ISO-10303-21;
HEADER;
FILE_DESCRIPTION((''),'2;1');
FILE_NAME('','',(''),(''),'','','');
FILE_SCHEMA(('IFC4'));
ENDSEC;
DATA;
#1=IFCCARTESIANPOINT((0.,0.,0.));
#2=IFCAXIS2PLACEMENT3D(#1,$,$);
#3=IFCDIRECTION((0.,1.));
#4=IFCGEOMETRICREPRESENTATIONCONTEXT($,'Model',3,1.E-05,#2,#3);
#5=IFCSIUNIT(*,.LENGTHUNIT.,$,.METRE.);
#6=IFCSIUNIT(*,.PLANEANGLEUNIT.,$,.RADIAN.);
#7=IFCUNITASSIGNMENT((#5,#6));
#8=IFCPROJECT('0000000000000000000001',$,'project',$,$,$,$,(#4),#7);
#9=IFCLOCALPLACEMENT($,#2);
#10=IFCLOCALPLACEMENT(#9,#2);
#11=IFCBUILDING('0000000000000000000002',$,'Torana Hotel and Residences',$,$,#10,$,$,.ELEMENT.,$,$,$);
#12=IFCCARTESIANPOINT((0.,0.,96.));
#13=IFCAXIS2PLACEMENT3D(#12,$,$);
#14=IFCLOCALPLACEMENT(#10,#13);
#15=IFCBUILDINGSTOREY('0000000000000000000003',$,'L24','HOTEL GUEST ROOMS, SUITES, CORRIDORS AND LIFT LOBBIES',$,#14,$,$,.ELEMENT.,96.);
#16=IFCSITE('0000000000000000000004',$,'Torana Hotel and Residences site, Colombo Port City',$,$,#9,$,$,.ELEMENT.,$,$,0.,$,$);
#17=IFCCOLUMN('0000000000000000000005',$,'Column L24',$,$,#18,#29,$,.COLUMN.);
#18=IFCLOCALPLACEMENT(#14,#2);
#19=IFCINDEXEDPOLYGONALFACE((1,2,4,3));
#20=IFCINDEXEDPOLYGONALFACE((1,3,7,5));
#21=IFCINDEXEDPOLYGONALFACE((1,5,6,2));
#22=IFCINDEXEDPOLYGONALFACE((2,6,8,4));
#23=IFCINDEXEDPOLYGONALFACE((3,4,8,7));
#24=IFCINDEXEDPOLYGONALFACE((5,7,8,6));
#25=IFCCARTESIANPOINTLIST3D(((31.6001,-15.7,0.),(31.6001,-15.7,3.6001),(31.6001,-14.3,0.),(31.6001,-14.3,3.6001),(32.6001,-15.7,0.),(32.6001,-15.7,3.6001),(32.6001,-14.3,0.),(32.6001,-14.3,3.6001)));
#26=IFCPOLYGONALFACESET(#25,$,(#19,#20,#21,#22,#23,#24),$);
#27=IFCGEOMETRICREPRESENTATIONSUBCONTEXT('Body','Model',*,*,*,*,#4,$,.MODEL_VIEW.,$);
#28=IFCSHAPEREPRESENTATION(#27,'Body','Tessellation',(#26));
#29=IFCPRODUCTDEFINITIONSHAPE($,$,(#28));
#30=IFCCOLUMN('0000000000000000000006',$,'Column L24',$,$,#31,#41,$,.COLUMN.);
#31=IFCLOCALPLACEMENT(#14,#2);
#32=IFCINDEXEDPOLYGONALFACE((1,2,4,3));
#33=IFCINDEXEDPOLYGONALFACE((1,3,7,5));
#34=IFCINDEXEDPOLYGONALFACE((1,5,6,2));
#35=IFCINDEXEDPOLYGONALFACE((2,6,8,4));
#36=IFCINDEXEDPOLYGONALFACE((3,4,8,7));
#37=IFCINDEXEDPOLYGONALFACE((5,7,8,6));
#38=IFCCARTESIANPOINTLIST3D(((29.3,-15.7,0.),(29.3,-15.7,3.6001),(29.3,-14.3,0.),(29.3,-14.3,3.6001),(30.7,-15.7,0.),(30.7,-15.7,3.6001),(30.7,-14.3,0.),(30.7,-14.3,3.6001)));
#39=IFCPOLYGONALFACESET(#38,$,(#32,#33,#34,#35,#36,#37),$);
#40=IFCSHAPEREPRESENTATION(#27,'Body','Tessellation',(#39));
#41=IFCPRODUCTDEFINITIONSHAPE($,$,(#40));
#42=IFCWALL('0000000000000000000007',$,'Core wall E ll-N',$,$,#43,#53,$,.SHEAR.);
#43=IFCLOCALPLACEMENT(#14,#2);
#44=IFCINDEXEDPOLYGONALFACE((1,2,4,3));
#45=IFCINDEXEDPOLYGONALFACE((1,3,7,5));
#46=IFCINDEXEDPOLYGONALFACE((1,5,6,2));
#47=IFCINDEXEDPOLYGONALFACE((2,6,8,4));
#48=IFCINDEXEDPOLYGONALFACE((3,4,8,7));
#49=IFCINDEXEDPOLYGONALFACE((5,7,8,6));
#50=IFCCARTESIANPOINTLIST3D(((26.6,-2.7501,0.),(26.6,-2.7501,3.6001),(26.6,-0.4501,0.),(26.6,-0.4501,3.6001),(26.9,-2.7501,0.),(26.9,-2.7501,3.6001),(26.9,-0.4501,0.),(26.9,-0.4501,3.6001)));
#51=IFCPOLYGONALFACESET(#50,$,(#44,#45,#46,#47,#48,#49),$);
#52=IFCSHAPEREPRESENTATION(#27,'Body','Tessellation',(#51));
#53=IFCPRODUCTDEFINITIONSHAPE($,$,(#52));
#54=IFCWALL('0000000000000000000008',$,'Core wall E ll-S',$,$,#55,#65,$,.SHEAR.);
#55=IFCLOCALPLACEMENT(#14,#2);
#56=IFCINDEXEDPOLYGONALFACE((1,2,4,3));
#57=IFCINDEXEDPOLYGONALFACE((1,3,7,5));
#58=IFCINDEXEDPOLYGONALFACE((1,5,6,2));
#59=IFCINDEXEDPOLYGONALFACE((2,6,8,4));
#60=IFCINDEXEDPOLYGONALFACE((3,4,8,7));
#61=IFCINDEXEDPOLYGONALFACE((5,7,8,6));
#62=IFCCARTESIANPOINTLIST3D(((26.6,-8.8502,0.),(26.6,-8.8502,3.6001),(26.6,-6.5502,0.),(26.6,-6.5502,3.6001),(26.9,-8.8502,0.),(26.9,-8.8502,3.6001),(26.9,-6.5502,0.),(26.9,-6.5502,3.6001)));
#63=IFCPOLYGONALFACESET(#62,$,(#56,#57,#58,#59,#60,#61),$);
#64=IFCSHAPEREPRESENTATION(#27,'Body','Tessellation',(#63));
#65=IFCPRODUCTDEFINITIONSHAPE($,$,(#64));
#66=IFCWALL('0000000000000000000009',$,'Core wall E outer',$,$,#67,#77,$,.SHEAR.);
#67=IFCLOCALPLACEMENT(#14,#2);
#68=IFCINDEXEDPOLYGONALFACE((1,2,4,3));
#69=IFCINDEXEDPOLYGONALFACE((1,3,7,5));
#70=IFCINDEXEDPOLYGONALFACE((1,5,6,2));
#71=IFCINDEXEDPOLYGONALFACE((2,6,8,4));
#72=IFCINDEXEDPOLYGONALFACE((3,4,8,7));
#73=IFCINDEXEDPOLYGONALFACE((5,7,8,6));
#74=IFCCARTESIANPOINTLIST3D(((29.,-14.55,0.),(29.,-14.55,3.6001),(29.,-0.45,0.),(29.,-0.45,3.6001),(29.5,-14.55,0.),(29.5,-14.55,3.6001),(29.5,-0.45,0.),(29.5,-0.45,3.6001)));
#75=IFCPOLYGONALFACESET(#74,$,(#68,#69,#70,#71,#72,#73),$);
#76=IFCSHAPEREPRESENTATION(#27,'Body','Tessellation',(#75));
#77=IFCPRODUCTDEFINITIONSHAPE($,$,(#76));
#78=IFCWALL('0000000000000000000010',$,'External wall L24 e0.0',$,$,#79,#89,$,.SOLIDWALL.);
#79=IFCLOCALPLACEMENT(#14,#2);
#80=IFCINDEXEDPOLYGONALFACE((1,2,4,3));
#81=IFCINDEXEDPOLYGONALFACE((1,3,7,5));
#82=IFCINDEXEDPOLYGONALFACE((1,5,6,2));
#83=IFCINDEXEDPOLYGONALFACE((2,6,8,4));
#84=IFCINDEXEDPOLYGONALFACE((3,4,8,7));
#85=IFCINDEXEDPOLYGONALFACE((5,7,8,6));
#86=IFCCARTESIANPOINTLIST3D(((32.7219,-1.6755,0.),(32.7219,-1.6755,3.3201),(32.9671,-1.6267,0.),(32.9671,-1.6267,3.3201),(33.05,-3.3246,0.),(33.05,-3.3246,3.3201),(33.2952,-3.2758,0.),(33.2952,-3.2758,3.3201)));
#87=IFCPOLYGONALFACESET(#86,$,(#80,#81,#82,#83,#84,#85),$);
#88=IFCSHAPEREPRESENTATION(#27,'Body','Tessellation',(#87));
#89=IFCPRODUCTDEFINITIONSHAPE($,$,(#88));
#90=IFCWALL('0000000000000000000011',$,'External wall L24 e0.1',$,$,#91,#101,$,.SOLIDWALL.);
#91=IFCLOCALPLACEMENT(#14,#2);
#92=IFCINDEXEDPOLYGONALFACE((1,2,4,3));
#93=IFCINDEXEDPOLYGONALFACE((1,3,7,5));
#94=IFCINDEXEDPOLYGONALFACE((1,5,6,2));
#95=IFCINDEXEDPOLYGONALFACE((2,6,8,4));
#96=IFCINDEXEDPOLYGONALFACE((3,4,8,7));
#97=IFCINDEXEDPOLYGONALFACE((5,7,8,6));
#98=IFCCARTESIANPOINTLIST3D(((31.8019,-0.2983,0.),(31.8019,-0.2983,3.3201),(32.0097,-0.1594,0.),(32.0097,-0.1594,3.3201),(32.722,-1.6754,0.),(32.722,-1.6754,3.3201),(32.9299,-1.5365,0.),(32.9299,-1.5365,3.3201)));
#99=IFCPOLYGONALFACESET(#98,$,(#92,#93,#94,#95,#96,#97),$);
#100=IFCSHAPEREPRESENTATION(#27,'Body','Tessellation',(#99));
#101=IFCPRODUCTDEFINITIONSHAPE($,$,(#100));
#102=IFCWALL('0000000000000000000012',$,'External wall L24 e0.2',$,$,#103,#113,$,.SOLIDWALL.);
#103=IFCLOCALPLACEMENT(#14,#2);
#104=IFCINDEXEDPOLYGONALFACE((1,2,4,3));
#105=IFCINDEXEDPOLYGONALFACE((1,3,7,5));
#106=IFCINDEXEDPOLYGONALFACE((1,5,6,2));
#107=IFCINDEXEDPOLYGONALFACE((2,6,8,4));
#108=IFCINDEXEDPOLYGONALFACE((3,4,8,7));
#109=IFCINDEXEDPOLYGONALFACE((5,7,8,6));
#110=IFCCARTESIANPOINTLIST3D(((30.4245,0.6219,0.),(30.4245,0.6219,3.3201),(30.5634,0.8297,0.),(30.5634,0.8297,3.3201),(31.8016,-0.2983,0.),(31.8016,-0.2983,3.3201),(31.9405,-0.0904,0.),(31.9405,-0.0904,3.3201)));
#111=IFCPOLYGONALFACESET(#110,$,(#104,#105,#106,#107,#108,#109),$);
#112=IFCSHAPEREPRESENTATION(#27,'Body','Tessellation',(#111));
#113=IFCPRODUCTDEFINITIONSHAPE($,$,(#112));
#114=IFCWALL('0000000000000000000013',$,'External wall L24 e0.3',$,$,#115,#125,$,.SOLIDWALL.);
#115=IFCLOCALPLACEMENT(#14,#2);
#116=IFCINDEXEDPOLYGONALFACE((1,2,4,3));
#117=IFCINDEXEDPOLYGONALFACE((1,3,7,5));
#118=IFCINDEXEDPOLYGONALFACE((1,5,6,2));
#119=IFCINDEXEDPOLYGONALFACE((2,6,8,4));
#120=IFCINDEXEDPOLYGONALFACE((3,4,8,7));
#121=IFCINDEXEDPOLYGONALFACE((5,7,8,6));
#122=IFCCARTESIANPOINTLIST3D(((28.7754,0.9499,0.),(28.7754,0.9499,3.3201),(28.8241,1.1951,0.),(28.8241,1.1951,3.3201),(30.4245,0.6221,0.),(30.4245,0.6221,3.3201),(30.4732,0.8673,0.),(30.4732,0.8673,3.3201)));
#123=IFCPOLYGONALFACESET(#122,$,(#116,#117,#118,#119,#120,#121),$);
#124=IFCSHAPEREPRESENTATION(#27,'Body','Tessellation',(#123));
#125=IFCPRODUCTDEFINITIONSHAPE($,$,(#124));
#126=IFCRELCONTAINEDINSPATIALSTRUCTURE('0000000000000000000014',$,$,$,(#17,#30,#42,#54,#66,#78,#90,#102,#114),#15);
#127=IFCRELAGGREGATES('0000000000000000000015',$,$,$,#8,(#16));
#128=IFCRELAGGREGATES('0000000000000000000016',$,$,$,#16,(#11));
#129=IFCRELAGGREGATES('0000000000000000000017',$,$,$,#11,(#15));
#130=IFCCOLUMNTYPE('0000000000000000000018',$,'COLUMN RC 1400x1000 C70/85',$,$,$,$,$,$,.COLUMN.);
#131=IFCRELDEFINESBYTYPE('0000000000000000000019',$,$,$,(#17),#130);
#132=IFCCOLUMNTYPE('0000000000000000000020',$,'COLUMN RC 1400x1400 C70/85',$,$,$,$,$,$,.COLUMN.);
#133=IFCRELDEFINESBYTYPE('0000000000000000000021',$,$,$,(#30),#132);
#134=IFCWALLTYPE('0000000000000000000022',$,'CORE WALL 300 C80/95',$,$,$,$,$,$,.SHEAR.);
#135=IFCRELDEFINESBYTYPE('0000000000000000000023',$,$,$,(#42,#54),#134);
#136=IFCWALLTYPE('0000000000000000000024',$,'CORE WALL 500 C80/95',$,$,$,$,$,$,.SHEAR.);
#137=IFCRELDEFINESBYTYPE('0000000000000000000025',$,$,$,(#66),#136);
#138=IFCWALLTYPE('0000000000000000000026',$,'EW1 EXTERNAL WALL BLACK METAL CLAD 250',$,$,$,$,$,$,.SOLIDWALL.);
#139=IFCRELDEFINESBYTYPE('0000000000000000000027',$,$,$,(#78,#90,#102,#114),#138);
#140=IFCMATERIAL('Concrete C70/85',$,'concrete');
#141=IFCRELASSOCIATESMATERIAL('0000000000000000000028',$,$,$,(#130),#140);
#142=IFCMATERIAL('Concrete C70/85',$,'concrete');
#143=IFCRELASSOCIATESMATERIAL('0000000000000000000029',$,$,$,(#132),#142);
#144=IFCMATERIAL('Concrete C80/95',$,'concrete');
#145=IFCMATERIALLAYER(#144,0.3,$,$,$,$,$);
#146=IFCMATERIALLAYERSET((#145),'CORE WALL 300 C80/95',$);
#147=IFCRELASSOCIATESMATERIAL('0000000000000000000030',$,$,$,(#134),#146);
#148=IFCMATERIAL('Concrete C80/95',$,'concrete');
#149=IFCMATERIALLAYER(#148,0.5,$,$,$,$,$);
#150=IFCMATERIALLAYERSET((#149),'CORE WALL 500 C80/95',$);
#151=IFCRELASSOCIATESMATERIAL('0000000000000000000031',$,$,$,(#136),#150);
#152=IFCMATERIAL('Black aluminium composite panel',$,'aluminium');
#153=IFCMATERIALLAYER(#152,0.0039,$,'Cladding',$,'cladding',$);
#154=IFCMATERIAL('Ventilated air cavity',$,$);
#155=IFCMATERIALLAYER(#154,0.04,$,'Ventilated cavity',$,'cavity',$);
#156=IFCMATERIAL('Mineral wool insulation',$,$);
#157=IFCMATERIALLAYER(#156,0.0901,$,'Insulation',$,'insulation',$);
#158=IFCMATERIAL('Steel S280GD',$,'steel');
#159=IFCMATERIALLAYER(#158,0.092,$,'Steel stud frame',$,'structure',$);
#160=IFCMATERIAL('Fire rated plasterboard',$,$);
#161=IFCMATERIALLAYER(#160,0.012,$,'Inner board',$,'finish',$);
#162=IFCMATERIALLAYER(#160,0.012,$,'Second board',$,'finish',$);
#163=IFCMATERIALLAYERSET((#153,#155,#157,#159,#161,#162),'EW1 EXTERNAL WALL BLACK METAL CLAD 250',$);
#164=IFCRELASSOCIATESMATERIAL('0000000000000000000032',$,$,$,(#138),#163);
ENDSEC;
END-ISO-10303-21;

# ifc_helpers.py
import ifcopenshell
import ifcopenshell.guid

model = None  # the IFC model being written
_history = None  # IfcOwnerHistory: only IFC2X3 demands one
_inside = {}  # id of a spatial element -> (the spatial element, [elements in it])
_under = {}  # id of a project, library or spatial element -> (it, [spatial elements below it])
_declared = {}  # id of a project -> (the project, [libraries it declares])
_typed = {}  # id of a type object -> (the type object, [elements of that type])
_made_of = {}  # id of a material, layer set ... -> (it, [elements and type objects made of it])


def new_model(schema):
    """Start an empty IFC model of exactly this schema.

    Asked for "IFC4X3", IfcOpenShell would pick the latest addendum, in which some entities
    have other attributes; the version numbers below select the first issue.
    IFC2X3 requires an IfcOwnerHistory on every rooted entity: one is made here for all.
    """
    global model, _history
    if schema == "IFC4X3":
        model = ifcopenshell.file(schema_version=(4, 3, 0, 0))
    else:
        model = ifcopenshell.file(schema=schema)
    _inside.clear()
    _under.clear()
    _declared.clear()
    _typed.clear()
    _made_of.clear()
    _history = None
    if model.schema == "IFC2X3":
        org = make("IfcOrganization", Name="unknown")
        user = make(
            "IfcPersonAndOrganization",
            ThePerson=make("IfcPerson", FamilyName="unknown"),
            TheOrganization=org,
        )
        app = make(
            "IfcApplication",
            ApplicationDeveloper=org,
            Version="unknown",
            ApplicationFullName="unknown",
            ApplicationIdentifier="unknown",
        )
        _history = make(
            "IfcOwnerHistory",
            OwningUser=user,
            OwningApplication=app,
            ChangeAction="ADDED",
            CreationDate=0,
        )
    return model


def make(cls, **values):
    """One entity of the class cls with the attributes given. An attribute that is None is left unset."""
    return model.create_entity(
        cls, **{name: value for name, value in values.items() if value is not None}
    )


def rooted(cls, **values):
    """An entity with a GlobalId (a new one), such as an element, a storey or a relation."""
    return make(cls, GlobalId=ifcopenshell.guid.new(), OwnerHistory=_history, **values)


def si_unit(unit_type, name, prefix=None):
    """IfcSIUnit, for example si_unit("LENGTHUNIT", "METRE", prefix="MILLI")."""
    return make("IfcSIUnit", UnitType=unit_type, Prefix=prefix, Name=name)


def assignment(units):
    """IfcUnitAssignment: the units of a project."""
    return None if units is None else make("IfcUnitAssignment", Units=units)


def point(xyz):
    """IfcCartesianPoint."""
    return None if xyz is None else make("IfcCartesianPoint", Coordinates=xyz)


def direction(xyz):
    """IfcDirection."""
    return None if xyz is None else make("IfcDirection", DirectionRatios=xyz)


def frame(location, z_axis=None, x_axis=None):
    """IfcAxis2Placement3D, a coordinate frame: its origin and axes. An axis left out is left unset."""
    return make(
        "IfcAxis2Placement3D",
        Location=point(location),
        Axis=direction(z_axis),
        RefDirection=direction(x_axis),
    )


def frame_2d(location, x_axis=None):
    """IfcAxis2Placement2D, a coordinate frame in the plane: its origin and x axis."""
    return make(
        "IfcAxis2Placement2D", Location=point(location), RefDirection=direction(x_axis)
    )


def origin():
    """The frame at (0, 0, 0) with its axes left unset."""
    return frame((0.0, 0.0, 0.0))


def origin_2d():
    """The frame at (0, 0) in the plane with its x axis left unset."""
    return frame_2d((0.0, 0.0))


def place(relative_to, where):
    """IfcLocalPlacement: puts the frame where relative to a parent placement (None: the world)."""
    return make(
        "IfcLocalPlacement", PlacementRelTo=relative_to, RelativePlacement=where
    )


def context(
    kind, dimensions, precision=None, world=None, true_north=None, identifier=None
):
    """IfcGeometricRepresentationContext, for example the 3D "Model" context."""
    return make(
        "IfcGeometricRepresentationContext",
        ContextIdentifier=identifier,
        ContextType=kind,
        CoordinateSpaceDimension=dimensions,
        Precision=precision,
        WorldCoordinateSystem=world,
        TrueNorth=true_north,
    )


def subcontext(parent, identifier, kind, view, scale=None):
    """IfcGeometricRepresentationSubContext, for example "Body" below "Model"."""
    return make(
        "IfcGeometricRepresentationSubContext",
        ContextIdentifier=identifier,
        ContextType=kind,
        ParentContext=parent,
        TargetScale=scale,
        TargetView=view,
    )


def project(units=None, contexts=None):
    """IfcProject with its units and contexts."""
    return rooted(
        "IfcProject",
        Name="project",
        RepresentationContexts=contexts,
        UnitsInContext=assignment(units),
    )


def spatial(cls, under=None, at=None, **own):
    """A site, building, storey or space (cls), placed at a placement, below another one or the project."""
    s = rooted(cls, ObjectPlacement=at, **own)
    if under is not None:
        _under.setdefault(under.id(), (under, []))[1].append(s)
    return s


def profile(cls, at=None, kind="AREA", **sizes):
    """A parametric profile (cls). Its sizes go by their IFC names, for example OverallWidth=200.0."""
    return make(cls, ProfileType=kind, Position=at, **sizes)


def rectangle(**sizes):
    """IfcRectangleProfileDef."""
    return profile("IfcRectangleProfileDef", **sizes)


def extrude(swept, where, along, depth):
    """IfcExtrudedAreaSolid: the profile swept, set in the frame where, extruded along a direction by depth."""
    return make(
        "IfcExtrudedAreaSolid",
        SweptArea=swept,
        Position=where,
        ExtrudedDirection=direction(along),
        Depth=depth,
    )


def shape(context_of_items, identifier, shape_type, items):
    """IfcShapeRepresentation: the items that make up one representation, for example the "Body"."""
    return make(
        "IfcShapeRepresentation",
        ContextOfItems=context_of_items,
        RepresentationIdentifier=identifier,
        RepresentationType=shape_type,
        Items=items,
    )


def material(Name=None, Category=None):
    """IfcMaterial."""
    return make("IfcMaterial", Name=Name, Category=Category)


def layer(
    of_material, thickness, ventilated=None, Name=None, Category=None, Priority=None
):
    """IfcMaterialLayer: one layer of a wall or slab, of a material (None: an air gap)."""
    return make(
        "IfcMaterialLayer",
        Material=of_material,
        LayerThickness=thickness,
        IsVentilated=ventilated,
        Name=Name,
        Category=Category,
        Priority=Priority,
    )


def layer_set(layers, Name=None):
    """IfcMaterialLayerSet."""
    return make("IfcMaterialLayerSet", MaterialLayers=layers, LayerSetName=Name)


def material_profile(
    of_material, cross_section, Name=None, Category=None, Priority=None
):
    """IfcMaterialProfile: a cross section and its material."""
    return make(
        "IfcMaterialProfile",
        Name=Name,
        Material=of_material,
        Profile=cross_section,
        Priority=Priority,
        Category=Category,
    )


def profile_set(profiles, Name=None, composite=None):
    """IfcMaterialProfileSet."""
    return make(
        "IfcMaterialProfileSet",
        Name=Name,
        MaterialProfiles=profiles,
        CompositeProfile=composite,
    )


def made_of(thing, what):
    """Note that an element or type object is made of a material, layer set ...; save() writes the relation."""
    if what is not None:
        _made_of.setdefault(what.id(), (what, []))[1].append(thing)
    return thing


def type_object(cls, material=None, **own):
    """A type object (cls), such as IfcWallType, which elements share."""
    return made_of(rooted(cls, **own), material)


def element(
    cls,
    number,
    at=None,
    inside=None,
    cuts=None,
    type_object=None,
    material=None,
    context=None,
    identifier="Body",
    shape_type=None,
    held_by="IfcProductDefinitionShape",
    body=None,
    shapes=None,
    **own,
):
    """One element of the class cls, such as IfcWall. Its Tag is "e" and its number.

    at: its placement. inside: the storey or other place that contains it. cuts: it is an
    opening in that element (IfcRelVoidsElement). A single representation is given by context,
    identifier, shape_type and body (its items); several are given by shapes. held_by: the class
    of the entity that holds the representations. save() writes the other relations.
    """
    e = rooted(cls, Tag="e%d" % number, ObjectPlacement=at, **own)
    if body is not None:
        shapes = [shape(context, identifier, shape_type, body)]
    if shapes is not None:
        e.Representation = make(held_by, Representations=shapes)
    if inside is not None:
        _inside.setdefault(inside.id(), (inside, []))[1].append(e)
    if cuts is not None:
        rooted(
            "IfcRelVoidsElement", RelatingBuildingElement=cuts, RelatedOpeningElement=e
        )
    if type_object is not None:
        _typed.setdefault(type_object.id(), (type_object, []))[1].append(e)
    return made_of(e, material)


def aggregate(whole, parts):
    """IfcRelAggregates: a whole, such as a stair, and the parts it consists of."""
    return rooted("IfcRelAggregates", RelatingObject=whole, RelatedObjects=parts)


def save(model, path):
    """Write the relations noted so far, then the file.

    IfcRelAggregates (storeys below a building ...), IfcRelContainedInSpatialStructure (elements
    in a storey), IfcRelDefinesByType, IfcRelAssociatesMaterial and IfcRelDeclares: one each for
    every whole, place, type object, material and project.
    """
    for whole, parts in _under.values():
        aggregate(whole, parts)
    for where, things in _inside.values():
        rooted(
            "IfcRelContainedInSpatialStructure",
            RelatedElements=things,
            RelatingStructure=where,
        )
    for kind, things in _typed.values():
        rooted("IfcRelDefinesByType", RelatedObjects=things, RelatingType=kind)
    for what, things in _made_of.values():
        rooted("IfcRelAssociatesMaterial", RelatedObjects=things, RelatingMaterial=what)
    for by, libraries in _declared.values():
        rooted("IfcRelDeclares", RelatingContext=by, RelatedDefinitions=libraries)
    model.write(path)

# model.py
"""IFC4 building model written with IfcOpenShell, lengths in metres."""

from ifc_helpers import new_model, si_unit, direction, frame, frame_2d, origin, origin_2d, place, context, subcontext, project, spatial, rectangle, extrude, material, layer, layer_set, material_profile, profile_set, type_object, element, save


model = new_model("IFC4")

# Units and contexts
model_context = context("Model", 3, precision=1e-05, world=origin(), true_north=direction((0.0, 1.0)))
body_context = subcontext(model_context, "Body", "Model", "MODEL_VIEW")
ifc_project = project(units=[si_unit("LENGTHUNIT", "METRE"), si_unit("PLANEANGLEUNIT", "RADIAN")], contexts=[model_context])

# Site, building, storey
site_placement = place(None, origin())
site = spatial("IfcSite", under=ifc_project, at=site_placement, Name="Torana Hotel and Residences site, Colombo Port City", CompositionType="ELEMENT", RefElevation=0.0)
building_placement = place(site_placement, origin())
building = spatial("IfcBuilding", under=site, at=building_placement, Name="Torana Hotel and Residences", CompositionType="ELEMENT")
storey_placement = place(building_placement, frame((0.0, 0.0, 96.0)))
storey = spatial("IfcBuildingStorey", under=building, at=storey_placement, Name="L24", Description="HOTEL GUEST ROOMS, SUITES, CORRIDORS AND LIFT LOBBIES", CompositionType="ELEMENT", Elevation=96.0)

# Columns
ifc_material_1 = material(Name="Concrete C70/85", Category="concrete")
ifc_material_profile_1 = material_profile(ifc_material_1, rectangle(XDim=1.3999, YDim=1.0, at=origin_2d()), Name="RC 1400x1000")
ifc_profile_set_1 = profile_set([ifc_material_profile_1], Name="Concrete C70/85")
column_type_1 = type_object("IfcColumnType", Name="COLUMN RC 1400x1000 C70/85", PredefinedType="COLUMN", material=ifc_profile_set_1)
column_1_placement = place(storey_placement, frame((32.1001, -15.0, 0.0), z_axis=(0.0, 0.0, 1.0), x_axis=(0.0, 1.0, 0.0)))
element("IfcColumn", 1, at=column_1_placement, inside=storey, type_object=column_type_1, Name="Column L24", PredefinedType="COLUMN", context=body_context, shape_type="SweptSolid", body=[
    extrude(rectangle(XDim=1.3999, YDim=1.0, at=origin_2d()), origin(), (0.0, 0.0, 1.0), 3.6001),
])
ifc_material_2 = material(Name="Concrete C70/85", Category="concrete")
ifc_material_profile_2 = material_profile(ifc_material_2, rectangle(XDim=1.3999, YDim=1.3999, at=origin_2d()), Name="RC 1400x1400")
ifc_profile_set_2 = profile_set([ifc_material_profile_2], Name="Concrete C70/85")
column_type_2 = type_object("IfcColumnType", Name="COLUMN RC 1400x1400 C70/85", PredefinedType="COLUMN", material=ifc_profile_set_2)
column_2_placement = place(storey_placement, frame((30.0, -15.0, 0.0), z_axis=(0.0, 0.0, 1.0), x_axis=(1.0, 0.0, 0.0)))
element("IfcColumn", 2, at=column_2_placement, inside=storey, type_object=column_type_2, Name="Column L24", PredefinedType="COLUMN", context=body_context, shape_type="SweptSolid", body=[
    extrude(rectangle(XDim=1.3999, YDim=1.3999, at=origin_2d()), origin(), (0.0, 0.0, 1.0), 3.6001),
])

# Walls
ifc_material_3 = material(Name="Concrete C80/95", Category="concrete")
ifc_layer_1 = layer(ifc_material_3, 0.3)
ifc_layer_set_1 = layer_set([ifc_layer_1], Name="CORE WALL 300 C80/95")
wall_type_1 = type_object("IfcWallType", Name="CORE WALL 300 C80/95", PredefinedType="SHEAR", material=ifc_layer_set_1)
for number, where, z_axis, x_axis, name in (
    (3, (26.75, -2.75, 0.0), (0.0, 0.0, 1.0), (0.0, 1.0, 0.0), "Core wall E ll-N"),
    (4, (26.75, -8.8501, 0.0), (0.0, 0.0, 1.0), (0.0, 1.0, 0.0), "Core wall E ll-S"),
):
    element("IfcWall", number, at=place(storey_placement, frame(where, z_axis=z_axis, x_axis=x_axis)), inside=storey, type_object=wall_type_1, Name=name, PredefinedType="SHEAR", context=body_context, shape_type="SweptSolid", body=[
        extrude(rectangle(XDim=2.3, YDim=0.3, at=frame_2d((1.1499, 0.0))), origin(), (0.0, 0.0, 1.0), 3.6001),
    ])
ifc_material_4 = material(Name="Concrete C80/95", Category="concrete")
ifc_layer_2 = layer(ifc_material_4, 0.5)
ifc_layer_set_2 = layer_set([ifc_layer_2], Name="CORE WALL 500 C80/95")
wall_type_2 = type_object("IfcWallType", Name="CORE WALL 500 C80/95", PredefinedType="SHEAR", material=ifc_layer_set_2)
wall_1_placement = place(storey_placement, frame((29.25, -14.55, 0.0), z_axis=(0.0, 0.0, 1.0), x_axis=(0.0, 1.0, 0.0)))
element("IfcWall", 5, at=wall_1_placement, inside=storey, type_object=wall_type_2, Name="Core wall E outer", PredefinedType="SHEAR", context=body_context, shape_type="SweptSolid", body=[
    extrude(rectangle(XDim=14.1001, YDim=0.5, at=frame_2d((7.05, 0.0))), origin(), (0.0, 0.0, 1.0), 3.6001),
])
ifc_material_5 = material(Name="Black aluminium composite panel", Category="aluminium")
ifc_layer_3 = layer(ifc_material_5, 0.0039, Name="Cladding", Category="cladding")
ifc_material_6 = material(Name="Ventilated air cavity")
ifc_layer_4 = layer(ifc_material_6, 0.04, Name="Ventilated cavity", Category="cavity")
ifc_material_7 = material(Name="Mineral wool insulation")
ifc_layer_5 = layer(ifc_material_7, 0.0901, Name="Insulation", Category="insulation")
ifc_material_8 = material(Name="Steel S280GD", Category="steel")
ifc_layer_6 = layer(ifc_material_8, 0.092, Name="Steel stud frame", Category="structure")
ifc_material_9 = material(Name="Fire rated plasterboard")
ifc_layer_7 = layer(ifc_material_9, 0.012, Name="Inner board", Category="finish")
ifc_layer_8 = layer(ifc_material_9, 0.012, Name="Second board", Category="finish")
ifc_layer_set_3 = layer_set([ifc_layer_3, ifc_layer_4, ifc_layer_5, ifc_layer_6, ifc_layer_7, ifc_layer_8], Name="EW1 EXTERNAL WALL BLACK METAL CLAD 250")
wall_type_3 = type_object("IfcWallType", Name="EW1 EXTERNAL WALL BLACK METAL CLAD 250", PredefinedType="SOLIDWALL", material=ifc_layer_set_3)
wall_2_placement = place(storey_placement, frame((33.1726, -3.3003, 0.0), z_axis=(0.0, 0.0, 1.0), x_axis=(-0.195139, 0.980776, 0.0)))
element("IfcWall", 6, at=wall_2_placement, inside=storey, type_object=wall_type_3, Name="External wall L24 e0.0", PredefinedType="SOLIDWALL", context=body_context, shape_type="SweptSolid", body=[
    extrude(rectangle(XDim=1.6814, YDim=0.25, at=frame_2d((0.8408, 0.0))), origin(), (0.0, 0.0, 1.0), 3.3201),
])
for number, where, z_axis, x_axis, name in (
    (7, (32.8259, -1.606, 0.0), (0.0, 0.0, 1.0), (-0.55555, 0.831483, 0.0), "External wall L24 e0.1"),
    (8, (31.8711, -0.1943, 0.0), (0.0, 0.0, 1.0), (-0.831483, 0.55555, 0.0), "External wall L24 e0.2"),
):
    element("IfcWall", number, at=place(storey_placement, frame(where, z_axis=z_axis, x_axis=x_axis)), inside=storey, type_object=wall_type_3, Name=name, PredefinedType="SOLIDWALL", context=body_context, shape_type="SweptSolid", body=[
        extrude(rectangle(XDim=1.6562, YDim=0.25, at=frame_2d((0.8281, 0.0))), origin(), (0.0, 0.0, 1.0), 3.3201),
    ])
wall_3_placement = place(storey_placement, frame((30.449, 0.7446, 0.0), z_axis=(0.0, 0.0, 1.0), x_axis=(-0.980803, 0.194999, 0.0)))
element("IfcWall", 9, at=wall_3_placement, inside=storey, type_object=wall_type_3, Name="External wall L24 e0.3", PredefinedType="SOLIDWALL", context=body_context, shape_type="SweptSolid", body=[
    extrude(rectangle(XDim=1.6814, YDim=0.25, at=frame_2d((0.8408, 0.0))), origin(), (0.0, 0.0, 1.0), 3.3201),
])

save(model, "model.ifc")
